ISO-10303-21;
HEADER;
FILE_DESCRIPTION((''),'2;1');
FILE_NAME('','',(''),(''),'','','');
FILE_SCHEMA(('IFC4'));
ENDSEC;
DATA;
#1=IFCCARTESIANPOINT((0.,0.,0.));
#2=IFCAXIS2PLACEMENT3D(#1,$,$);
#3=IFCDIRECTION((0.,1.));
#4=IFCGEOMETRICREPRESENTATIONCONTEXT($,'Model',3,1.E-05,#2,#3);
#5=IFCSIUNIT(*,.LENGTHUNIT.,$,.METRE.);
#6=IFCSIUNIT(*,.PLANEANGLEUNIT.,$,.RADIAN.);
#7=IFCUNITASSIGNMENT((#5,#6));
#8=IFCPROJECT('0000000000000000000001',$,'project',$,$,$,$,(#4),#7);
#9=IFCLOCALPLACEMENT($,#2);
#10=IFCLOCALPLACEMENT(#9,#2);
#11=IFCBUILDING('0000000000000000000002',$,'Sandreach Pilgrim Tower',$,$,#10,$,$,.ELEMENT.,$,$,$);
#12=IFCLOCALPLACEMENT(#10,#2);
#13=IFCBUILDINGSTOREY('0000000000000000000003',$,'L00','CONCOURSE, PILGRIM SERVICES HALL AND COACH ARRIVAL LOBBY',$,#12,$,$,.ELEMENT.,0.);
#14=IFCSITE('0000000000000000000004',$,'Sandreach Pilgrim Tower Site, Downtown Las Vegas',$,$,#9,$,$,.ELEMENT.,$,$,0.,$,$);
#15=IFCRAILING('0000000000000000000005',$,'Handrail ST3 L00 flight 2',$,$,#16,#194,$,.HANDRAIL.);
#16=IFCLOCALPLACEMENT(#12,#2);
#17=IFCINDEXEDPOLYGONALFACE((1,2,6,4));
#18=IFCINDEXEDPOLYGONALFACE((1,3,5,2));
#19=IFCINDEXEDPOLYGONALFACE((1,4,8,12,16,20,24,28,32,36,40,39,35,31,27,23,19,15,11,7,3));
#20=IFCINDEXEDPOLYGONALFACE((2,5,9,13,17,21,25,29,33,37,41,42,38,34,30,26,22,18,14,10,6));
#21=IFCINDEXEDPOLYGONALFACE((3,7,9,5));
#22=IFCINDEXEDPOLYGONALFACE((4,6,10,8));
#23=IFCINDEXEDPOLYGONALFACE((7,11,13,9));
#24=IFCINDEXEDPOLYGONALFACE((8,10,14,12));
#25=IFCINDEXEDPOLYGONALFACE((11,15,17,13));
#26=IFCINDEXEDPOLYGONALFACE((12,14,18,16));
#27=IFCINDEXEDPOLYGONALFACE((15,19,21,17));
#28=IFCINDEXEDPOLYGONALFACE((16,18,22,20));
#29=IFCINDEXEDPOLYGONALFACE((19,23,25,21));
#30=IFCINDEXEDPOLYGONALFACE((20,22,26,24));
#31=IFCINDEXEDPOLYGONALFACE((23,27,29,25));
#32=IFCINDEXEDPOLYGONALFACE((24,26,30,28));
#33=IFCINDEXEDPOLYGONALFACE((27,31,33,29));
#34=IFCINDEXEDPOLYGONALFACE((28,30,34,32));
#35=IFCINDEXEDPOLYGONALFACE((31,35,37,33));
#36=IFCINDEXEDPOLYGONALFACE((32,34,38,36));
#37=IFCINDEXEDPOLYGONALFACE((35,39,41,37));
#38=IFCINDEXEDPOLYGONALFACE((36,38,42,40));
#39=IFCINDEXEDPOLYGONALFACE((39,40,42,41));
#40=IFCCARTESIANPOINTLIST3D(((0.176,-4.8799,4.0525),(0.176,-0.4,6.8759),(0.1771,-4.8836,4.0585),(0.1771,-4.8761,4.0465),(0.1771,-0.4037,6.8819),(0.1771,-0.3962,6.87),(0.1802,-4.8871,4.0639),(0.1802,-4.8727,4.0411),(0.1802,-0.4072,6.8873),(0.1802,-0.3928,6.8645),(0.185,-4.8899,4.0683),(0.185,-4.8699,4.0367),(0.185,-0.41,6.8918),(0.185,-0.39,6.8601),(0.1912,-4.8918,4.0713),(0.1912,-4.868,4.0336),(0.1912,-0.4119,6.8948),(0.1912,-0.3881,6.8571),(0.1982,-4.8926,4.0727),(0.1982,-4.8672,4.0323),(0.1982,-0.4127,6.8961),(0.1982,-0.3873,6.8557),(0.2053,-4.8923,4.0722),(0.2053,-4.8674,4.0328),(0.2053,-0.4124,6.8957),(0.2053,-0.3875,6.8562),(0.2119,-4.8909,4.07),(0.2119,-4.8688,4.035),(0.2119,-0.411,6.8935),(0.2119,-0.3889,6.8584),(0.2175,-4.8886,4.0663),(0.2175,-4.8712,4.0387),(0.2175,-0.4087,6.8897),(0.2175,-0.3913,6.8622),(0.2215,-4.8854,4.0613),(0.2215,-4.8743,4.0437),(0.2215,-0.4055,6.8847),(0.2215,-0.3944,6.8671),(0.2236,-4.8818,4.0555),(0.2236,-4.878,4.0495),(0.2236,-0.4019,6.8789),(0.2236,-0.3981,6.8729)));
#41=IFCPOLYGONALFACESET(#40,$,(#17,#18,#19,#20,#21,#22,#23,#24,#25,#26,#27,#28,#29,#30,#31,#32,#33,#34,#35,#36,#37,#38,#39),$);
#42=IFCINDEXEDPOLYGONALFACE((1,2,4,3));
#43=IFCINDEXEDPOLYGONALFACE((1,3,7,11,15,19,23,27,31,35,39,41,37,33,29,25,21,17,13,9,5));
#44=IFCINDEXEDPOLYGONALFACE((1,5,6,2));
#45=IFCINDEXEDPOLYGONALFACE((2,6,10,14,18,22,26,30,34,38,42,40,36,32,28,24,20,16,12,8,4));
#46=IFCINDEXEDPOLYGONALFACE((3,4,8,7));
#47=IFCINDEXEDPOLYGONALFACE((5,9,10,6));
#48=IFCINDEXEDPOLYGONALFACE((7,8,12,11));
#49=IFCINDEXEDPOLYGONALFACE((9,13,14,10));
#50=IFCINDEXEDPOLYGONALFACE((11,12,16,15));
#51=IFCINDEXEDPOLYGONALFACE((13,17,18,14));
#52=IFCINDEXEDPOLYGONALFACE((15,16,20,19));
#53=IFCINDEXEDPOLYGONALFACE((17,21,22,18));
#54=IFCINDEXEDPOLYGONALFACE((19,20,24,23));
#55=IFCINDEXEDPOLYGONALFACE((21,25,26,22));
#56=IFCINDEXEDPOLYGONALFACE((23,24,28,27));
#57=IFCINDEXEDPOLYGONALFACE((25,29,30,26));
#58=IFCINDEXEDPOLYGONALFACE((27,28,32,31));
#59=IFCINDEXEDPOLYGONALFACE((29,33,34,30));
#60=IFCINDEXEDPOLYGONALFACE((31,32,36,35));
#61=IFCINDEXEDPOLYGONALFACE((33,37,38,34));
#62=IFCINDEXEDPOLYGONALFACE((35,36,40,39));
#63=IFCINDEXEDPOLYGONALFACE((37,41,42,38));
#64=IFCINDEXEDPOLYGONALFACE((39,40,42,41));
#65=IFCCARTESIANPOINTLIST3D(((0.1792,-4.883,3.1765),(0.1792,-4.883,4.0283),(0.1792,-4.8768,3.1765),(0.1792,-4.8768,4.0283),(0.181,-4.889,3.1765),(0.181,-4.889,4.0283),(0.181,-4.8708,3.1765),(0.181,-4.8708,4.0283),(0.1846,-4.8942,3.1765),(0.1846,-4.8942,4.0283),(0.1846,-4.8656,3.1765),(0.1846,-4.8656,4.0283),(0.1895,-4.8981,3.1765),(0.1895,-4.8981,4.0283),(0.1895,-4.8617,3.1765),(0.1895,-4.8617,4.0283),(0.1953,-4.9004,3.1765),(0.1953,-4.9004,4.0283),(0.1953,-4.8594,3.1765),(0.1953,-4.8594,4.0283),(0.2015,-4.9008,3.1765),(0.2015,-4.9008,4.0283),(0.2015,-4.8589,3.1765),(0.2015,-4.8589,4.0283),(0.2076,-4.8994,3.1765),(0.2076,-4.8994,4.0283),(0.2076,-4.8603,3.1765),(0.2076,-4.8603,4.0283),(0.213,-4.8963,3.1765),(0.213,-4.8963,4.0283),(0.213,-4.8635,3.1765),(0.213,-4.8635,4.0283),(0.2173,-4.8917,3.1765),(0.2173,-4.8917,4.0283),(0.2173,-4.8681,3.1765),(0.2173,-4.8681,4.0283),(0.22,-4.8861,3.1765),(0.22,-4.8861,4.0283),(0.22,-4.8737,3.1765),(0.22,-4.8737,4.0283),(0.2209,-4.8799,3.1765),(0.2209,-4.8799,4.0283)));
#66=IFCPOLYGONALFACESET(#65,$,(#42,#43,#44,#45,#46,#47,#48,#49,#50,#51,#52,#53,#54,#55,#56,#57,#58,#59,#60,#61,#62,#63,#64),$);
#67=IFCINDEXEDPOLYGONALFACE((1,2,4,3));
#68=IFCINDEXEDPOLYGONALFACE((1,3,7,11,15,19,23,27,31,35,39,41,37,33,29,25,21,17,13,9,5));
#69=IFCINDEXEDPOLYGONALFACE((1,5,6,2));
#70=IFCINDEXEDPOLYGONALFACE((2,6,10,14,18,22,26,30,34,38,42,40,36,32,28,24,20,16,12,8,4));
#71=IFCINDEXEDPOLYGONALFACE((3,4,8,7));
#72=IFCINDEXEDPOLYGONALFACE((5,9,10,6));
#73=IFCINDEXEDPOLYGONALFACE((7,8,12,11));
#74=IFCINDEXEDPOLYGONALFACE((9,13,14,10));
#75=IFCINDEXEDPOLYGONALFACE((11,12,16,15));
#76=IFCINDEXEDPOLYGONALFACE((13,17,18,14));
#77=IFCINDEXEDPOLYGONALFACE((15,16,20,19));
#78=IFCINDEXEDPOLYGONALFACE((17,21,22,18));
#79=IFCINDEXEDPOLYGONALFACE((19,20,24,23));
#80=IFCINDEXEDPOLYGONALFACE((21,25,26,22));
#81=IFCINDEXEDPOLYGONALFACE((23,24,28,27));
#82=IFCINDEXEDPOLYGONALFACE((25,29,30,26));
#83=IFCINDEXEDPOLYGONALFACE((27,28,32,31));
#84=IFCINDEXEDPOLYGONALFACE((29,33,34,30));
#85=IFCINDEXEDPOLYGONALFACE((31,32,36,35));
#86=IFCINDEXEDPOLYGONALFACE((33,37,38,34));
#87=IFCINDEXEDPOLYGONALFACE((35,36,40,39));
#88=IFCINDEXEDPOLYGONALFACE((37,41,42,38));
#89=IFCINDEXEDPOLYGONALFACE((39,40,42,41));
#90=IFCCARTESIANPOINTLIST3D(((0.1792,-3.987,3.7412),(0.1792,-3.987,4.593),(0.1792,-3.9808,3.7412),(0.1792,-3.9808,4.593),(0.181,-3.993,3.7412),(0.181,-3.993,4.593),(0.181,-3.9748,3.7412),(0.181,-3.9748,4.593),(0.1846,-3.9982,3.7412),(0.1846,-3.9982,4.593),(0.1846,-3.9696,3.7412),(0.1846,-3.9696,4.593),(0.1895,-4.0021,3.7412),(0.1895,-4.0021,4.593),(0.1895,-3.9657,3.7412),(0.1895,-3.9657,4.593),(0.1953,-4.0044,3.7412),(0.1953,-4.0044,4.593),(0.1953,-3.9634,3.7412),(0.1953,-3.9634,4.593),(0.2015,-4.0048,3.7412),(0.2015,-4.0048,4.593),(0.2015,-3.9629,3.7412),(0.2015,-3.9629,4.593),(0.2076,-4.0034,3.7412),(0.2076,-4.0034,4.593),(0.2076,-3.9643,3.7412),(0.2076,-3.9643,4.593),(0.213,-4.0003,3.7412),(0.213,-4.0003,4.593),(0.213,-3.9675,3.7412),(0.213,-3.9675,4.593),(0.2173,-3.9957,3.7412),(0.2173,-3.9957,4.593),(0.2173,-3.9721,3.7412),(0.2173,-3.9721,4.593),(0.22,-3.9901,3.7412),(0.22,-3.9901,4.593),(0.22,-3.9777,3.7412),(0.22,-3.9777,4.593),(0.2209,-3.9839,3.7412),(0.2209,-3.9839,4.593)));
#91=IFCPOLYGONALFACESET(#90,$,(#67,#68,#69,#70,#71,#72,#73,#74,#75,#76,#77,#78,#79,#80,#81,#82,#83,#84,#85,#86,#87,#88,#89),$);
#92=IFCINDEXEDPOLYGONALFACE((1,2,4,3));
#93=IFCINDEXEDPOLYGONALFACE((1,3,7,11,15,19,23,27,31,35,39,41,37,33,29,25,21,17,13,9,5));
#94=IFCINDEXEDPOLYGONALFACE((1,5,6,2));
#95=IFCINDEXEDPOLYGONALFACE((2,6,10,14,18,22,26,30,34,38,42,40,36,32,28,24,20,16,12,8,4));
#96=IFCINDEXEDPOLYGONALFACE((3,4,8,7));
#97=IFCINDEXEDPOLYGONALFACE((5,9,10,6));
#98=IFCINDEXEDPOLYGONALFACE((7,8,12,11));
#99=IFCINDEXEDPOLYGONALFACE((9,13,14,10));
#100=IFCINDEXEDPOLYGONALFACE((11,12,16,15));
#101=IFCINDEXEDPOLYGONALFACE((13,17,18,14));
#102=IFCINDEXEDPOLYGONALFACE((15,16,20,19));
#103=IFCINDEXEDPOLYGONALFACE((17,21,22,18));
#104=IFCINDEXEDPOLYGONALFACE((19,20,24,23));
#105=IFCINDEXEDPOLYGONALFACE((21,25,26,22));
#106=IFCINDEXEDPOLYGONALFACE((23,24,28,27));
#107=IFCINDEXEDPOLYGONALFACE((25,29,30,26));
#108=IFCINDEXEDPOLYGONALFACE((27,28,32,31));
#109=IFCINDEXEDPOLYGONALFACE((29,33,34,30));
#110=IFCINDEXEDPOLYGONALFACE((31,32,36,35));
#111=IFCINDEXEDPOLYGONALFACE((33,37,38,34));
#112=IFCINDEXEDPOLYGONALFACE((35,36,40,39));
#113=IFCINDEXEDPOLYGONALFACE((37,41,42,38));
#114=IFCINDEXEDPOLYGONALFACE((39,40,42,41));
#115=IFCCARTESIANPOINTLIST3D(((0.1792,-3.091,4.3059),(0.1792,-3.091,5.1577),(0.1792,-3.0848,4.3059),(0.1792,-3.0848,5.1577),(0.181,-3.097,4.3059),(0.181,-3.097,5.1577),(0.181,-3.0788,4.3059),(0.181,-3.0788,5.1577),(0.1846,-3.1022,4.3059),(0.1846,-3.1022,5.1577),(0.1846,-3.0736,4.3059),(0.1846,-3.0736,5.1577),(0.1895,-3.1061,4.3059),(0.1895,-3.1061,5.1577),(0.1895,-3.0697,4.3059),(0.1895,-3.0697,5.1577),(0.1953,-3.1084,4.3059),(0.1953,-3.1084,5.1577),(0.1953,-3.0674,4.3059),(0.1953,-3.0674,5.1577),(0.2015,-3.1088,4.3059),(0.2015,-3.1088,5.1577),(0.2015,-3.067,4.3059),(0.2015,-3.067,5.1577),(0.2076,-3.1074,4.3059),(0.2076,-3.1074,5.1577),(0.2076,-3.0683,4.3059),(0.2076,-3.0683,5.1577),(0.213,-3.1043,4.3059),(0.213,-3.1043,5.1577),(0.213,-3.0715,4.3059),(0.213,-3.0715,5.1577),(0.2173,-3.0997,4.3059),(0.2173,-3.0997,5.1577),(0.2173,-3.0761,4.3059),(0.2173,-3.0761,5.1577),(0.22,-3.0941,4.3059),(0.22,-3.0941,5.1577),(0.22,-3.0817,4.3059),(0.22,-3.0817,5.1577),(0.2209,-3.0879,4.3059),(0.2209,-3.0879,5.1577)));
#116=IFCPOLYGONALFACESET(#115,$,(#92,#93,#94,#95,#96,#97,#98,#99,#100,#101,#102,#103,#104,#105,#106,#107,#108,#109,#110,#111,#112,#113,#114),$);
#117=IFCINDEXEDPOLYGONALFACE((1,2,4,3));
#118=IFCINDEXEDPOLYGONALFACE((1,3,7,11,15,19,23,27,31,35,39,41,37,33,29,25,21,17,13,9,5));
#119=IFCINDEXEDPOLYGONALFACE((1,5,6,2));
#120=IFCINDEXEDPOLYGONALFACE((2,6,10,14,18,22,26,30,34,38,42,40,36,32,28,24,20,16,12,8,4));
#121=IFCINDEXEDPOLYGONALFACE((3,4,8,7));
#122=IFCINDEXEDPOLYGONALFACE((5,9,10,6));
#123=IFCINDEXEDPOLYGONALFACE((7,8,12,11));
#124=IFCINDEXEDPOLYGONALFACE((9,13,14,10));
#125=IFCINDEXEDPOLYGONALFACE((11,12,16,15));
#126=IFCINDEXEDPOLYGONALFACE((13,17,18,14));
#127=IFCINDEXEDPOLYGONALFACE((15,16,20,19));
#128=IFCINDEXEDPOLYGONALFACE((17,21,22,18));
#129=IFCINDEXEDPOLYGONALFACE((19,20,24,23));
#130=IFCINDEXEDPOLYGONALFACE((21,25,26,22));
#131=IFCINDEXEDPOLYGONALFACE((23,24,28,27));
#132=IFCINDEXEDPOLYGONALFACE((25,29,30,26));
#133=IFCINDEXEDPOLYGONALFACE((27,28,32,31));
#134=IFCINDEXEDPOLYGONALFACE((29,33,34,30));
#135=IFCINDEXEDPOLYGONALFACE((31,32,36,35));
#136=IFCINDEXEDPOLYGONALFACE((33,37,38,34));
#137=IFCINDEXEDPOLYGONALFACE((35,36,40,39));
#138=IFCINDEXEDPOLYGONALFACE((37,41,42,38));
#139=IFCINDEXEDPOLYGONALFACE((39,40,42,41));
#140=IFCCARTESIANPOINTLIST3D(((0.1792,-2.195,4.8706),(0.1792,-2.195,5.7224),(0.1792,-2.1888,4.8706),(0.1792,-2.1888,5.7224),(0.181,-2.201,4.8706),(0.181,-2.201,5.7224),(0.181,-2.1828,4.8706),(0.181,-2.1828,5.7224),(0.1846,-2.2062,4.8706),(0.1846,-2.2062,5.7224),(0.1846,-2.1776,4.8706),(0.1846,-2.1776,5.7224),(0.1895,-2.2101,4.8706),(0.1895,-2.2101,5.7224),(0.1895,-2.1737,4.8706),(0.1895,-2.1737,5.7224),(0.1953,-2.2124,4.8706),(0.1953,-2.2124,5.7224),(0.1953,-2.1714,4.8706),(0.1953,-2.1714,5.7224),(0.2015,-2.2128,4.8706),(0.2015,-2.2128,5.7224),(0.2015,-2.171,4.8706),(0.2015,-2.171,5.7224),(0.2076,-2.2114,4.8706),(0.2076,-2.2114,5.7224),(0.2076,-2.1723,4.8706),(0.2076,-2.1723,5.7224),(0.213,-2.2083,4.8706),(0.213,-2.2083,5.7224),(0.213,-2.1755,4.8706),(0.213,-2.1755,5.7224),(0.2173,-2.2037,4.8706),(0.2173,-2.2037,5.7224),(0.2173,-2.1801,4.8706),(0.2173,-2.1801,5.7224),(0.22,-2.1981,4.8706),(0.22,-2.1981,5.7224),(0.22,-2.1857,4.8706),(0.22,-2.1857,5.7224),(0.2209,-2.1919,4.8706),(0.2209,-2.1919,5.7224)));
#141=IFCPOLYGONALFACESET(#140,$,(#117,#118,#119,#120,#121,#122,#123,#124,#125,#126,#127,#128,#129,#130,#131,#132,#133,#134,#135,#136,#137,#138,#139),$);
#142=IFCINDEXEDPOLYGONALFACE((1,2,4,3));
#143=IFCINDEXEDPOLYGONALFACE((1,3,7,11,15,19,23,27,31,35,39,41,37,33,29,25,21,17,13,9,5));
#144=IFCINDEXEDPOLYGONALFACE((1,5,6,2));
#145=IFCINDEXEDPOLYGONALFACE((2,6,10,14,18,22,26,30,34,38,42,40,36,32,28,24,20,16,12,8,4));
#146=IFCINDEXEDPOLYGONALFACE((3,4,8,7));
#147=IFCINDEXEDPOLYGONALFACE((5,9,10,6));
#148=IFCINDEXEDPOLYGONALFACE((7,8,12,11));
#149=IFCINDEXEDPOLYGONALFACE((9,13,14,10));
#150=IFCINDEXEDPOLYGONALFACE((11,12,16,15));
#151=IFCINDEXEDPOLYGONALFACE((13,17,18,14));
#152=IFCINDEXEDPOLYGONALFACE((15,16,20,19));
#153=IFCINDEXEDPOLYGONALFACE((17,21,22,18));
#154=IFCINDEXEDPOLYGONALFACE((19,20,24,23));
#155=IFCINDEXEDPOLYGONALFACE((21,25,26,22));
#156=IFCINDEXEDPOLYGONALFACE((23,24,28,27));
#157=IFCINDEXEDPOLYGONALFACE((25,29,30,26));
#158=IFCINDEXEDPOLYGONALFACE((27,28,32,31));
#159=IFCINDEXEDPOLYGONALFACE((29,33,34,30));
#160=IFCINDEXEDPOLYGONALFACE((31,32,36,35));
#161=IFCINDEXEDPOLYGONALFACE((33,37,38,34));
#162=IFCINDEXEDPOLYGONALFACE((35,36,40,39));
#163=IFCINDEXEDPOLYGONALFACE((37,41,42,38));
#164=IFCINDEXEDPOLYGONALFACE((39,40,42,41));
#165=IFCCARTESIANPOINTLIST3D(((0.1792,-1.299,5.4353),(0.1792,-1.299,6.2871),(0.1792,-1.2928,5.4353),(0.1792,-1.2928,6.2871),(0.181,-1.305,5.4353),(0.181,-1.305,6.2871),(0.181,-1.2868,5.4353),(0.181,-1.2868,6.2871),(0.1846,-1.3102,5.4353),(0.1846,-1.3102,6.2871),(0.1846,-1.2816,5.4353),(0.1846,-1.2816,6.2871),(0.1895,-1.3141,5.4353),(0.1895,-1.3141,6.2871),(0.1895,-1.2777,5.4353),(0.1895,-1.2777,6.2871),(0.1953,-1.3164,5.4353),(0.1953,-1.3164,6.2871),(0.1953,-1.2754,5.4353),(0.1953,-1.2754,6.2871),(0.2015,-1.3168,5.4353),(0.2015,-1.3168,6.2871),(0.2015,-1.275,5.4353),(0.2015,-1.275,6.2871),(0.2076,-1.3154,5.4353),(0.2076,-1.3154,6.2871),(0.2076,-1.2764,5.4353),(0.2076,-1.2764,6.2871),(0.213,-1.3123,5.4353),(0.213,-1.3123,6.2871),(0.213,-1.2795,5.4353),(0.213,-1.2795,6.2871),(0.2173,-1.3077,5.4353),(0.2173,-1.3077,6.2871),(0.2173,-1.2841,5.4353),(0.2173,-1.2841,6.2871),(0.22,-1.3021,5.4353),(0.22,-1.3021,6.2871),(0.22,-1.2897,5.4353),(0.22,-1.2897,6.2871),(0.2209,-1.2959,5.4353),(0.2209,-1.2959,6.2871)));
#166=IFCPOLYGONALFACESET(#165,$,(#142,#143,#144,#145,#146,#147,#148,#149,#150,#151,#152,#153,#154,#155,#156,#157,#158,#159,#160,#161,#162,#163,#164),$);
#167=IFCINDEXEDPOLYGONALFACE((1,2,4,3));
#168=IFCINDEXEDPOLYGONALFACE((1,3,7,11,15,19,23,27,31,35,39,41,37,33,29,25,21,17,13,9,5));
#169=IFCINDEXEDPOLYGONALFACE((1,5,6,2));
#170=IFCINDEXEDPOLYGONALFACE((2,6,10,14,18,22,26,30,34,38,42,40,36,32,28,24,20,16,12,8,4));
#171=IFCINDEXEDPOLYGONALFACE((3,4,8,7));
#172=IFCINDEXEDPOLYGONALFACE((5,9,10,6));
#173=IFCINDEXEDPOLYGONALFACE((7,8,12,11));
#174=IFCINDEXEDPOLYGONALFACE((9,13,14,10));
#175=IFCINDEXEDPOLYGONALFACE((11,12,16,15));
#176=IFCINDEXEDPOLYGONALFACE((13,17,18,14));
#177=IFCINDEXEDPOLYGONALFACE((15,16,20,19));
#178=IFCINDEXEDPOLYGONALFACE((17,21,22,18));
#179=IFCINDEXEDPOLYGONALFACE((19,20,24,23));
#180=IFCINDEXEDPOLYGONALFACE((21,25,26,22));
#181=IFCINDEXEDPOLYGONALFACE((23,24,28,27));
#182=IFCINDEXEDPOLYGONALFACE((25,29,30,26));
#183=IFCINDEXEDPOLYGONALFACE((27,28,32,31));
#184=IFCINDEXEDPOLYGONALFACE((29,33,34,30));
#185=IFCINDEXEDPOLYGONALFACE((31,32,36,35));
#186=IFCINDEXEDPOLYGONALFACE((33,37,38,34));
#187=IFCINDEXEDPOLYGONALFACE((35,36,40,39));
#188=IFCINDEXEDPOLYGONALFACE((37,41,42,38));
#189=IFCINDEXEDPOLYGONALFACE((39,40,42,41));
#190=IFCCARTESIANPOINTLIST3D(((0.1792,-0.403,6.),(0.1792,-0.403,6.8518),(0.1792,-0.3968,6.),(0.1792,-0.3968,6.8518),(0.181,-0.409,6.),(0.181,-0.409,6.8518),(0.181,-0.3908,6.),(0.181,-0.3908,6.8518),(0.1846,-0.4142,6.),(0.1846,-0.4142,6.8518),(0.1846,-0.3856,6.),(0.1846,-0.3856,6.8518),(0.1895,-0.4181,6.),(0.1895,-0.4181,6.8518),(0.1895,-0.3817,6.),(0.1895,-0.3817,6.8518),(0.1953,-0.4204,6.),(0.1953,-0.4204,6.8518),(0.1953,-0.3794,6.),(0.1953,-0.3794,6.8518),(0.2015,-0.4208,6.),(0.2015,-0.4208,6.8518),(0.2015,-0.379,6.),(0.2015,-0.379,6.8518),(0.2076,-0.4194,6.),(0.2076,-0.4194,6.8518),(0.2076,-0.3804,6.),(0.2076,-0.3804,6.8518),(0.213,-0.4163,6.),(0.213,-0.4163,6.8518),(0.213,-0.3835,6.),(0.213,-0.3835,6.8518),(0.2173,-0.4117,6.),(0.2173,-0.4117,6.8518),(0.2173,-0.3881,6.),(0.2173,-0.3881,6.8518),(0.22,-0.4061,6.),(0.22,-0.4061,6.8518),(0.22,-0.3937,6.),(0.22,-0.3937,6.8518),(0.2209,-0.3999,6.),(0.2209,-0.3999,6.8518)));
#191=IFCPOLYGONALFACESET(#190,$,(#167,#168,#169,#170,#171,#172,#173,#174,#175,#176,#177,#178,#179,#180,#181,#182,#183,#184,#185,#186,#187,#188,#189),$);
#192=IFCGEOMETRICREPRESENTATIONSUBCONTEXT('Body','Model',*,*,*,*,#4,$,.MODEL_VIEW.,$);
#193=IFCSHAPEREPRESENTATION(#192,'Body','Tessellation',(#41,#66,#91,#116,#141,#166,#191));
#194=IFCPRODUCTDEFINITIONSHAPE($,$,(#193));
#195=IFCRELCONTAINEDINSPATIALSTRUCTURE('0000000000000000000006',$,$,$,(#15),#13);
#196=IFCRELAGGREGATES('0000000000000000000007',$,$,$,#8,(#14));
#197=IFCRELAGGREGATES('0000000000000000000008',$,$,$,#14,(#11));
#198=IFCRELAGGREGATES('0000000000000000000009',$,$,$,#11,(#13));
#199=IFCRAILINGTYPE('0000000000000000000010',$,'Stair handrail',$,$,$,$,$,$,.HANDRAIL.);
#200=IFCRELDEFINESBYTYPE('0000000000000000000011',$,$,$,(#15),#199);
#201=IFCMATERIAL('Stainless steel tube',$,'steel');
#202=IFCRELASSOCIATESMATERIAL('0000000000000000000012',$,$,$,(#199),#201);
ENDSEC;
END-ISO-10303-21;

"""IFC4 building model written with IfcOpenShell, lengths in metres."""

from ifc_helpers import new_model, si_unit, direction, frame, origin, origin_2d, place, context, subcontext, project, spatial, circle, extrude, material, type_object, element, save


model = new_model("IFC4")

# Units and contexts
model_context = context("Model", 3, precision=1e-05, world=origin(), true_north=direction((0.0, 1.0)))
body_context = subcontext(model_context, "Body", "Model", "MODEL_VIEW")
ifc_project = project(units=[si_unit("LENGTHUNIT", "METRE"), si_unit("PLANEANGLEUNIT", "RADIAN")], contexts=[model_context])

# Site, building, storey
site_placement = place(None, origin())
site = spatial("IfcSite", under=ifc_project, at=site_placement, Name="Sandreach Pilgrim Tower Site, Downtown Las Vegas", CompositionType="ELEMENT", RefElevation=0.0)
building_placement = place(site_placement, origin())
building = spatial("IfcBuilding", under=site, at=building_placement, Name="Sandreach Pilgrim Tower", CompositionType="ELEMENT")
storey_placement = place(building_placement, origin())
storey = spatial("IfcBuildingStorey", under=building, at=storey_placement, Name="L00", Description="CONCOURSE, PILGRIM SERVICES HALL AND COACH ARRIVAL LOBBY", CompositionType="ELEMENT", Elevation=0.0)

# Railing
ifc_material_1 = material(Name="Stainless steel tube", Category="steel")
railing_type = type_object("IfcRailingType", Name="Stair handrail", PredefinedType="HANDRAIL", material=ifc_material_1)
for number, where, name in (
    (1, (0.2, -4.8799, 3.1765), "Handrail ST3 L00 flight 2"),
):
    element("IfcRailing", number, at=place(storey_placement, frame(where)), inside=storey, type_object=railing_type, Name=name, PredefinedType="HANDRAIL", context=body_context, shape_type="SweptSolid", body=[
        extrude(circle(Radius=0.0239, at=origin_2d()), frame((0.0, 0.0, 0.876), z_axis=(0.0, 0.845998, 0.533186), x_axis=(-1.0, 0.0, 0.0)), (0.0, 0.0, 1.0), 5.2954),
        extrude(circle(Radius=0.021, at=origin_2d()), origin(), (0.0, 0.0, 1.0), 0.8518),
        extrude(circle(Radius=0.021, at=origin_2d()), frame((0.0, 0.896, 0.5647)), (0.0, 0.0, 1.0), 0.8518),
        extrude(circle(Radius=0.021, at=origin_2d()), frame((0.0, 1.792, 1.1294)), (0.0, 0.0, 1.0), 0.8518),
        extrude(circle(Radius=0.021, at=origin_2d()), frame((0.0, 2.688, 1.6941)), (0.0, 0.0, 1.0), 0.8518),
        extrude(circle(Radius=0.021, at=origin_2d()), frame((0.0, 3.584, 2.2588)), (0.0, 0.0, 1.0), 0.8518),
        extrude(circle(Radius=0.021, at=origin_2d()), frame((0.0, 4.48, 2.8235)), (0.0, 0.0, 1.0), 0.8518),
    ])

save(model, "model.ifc")
